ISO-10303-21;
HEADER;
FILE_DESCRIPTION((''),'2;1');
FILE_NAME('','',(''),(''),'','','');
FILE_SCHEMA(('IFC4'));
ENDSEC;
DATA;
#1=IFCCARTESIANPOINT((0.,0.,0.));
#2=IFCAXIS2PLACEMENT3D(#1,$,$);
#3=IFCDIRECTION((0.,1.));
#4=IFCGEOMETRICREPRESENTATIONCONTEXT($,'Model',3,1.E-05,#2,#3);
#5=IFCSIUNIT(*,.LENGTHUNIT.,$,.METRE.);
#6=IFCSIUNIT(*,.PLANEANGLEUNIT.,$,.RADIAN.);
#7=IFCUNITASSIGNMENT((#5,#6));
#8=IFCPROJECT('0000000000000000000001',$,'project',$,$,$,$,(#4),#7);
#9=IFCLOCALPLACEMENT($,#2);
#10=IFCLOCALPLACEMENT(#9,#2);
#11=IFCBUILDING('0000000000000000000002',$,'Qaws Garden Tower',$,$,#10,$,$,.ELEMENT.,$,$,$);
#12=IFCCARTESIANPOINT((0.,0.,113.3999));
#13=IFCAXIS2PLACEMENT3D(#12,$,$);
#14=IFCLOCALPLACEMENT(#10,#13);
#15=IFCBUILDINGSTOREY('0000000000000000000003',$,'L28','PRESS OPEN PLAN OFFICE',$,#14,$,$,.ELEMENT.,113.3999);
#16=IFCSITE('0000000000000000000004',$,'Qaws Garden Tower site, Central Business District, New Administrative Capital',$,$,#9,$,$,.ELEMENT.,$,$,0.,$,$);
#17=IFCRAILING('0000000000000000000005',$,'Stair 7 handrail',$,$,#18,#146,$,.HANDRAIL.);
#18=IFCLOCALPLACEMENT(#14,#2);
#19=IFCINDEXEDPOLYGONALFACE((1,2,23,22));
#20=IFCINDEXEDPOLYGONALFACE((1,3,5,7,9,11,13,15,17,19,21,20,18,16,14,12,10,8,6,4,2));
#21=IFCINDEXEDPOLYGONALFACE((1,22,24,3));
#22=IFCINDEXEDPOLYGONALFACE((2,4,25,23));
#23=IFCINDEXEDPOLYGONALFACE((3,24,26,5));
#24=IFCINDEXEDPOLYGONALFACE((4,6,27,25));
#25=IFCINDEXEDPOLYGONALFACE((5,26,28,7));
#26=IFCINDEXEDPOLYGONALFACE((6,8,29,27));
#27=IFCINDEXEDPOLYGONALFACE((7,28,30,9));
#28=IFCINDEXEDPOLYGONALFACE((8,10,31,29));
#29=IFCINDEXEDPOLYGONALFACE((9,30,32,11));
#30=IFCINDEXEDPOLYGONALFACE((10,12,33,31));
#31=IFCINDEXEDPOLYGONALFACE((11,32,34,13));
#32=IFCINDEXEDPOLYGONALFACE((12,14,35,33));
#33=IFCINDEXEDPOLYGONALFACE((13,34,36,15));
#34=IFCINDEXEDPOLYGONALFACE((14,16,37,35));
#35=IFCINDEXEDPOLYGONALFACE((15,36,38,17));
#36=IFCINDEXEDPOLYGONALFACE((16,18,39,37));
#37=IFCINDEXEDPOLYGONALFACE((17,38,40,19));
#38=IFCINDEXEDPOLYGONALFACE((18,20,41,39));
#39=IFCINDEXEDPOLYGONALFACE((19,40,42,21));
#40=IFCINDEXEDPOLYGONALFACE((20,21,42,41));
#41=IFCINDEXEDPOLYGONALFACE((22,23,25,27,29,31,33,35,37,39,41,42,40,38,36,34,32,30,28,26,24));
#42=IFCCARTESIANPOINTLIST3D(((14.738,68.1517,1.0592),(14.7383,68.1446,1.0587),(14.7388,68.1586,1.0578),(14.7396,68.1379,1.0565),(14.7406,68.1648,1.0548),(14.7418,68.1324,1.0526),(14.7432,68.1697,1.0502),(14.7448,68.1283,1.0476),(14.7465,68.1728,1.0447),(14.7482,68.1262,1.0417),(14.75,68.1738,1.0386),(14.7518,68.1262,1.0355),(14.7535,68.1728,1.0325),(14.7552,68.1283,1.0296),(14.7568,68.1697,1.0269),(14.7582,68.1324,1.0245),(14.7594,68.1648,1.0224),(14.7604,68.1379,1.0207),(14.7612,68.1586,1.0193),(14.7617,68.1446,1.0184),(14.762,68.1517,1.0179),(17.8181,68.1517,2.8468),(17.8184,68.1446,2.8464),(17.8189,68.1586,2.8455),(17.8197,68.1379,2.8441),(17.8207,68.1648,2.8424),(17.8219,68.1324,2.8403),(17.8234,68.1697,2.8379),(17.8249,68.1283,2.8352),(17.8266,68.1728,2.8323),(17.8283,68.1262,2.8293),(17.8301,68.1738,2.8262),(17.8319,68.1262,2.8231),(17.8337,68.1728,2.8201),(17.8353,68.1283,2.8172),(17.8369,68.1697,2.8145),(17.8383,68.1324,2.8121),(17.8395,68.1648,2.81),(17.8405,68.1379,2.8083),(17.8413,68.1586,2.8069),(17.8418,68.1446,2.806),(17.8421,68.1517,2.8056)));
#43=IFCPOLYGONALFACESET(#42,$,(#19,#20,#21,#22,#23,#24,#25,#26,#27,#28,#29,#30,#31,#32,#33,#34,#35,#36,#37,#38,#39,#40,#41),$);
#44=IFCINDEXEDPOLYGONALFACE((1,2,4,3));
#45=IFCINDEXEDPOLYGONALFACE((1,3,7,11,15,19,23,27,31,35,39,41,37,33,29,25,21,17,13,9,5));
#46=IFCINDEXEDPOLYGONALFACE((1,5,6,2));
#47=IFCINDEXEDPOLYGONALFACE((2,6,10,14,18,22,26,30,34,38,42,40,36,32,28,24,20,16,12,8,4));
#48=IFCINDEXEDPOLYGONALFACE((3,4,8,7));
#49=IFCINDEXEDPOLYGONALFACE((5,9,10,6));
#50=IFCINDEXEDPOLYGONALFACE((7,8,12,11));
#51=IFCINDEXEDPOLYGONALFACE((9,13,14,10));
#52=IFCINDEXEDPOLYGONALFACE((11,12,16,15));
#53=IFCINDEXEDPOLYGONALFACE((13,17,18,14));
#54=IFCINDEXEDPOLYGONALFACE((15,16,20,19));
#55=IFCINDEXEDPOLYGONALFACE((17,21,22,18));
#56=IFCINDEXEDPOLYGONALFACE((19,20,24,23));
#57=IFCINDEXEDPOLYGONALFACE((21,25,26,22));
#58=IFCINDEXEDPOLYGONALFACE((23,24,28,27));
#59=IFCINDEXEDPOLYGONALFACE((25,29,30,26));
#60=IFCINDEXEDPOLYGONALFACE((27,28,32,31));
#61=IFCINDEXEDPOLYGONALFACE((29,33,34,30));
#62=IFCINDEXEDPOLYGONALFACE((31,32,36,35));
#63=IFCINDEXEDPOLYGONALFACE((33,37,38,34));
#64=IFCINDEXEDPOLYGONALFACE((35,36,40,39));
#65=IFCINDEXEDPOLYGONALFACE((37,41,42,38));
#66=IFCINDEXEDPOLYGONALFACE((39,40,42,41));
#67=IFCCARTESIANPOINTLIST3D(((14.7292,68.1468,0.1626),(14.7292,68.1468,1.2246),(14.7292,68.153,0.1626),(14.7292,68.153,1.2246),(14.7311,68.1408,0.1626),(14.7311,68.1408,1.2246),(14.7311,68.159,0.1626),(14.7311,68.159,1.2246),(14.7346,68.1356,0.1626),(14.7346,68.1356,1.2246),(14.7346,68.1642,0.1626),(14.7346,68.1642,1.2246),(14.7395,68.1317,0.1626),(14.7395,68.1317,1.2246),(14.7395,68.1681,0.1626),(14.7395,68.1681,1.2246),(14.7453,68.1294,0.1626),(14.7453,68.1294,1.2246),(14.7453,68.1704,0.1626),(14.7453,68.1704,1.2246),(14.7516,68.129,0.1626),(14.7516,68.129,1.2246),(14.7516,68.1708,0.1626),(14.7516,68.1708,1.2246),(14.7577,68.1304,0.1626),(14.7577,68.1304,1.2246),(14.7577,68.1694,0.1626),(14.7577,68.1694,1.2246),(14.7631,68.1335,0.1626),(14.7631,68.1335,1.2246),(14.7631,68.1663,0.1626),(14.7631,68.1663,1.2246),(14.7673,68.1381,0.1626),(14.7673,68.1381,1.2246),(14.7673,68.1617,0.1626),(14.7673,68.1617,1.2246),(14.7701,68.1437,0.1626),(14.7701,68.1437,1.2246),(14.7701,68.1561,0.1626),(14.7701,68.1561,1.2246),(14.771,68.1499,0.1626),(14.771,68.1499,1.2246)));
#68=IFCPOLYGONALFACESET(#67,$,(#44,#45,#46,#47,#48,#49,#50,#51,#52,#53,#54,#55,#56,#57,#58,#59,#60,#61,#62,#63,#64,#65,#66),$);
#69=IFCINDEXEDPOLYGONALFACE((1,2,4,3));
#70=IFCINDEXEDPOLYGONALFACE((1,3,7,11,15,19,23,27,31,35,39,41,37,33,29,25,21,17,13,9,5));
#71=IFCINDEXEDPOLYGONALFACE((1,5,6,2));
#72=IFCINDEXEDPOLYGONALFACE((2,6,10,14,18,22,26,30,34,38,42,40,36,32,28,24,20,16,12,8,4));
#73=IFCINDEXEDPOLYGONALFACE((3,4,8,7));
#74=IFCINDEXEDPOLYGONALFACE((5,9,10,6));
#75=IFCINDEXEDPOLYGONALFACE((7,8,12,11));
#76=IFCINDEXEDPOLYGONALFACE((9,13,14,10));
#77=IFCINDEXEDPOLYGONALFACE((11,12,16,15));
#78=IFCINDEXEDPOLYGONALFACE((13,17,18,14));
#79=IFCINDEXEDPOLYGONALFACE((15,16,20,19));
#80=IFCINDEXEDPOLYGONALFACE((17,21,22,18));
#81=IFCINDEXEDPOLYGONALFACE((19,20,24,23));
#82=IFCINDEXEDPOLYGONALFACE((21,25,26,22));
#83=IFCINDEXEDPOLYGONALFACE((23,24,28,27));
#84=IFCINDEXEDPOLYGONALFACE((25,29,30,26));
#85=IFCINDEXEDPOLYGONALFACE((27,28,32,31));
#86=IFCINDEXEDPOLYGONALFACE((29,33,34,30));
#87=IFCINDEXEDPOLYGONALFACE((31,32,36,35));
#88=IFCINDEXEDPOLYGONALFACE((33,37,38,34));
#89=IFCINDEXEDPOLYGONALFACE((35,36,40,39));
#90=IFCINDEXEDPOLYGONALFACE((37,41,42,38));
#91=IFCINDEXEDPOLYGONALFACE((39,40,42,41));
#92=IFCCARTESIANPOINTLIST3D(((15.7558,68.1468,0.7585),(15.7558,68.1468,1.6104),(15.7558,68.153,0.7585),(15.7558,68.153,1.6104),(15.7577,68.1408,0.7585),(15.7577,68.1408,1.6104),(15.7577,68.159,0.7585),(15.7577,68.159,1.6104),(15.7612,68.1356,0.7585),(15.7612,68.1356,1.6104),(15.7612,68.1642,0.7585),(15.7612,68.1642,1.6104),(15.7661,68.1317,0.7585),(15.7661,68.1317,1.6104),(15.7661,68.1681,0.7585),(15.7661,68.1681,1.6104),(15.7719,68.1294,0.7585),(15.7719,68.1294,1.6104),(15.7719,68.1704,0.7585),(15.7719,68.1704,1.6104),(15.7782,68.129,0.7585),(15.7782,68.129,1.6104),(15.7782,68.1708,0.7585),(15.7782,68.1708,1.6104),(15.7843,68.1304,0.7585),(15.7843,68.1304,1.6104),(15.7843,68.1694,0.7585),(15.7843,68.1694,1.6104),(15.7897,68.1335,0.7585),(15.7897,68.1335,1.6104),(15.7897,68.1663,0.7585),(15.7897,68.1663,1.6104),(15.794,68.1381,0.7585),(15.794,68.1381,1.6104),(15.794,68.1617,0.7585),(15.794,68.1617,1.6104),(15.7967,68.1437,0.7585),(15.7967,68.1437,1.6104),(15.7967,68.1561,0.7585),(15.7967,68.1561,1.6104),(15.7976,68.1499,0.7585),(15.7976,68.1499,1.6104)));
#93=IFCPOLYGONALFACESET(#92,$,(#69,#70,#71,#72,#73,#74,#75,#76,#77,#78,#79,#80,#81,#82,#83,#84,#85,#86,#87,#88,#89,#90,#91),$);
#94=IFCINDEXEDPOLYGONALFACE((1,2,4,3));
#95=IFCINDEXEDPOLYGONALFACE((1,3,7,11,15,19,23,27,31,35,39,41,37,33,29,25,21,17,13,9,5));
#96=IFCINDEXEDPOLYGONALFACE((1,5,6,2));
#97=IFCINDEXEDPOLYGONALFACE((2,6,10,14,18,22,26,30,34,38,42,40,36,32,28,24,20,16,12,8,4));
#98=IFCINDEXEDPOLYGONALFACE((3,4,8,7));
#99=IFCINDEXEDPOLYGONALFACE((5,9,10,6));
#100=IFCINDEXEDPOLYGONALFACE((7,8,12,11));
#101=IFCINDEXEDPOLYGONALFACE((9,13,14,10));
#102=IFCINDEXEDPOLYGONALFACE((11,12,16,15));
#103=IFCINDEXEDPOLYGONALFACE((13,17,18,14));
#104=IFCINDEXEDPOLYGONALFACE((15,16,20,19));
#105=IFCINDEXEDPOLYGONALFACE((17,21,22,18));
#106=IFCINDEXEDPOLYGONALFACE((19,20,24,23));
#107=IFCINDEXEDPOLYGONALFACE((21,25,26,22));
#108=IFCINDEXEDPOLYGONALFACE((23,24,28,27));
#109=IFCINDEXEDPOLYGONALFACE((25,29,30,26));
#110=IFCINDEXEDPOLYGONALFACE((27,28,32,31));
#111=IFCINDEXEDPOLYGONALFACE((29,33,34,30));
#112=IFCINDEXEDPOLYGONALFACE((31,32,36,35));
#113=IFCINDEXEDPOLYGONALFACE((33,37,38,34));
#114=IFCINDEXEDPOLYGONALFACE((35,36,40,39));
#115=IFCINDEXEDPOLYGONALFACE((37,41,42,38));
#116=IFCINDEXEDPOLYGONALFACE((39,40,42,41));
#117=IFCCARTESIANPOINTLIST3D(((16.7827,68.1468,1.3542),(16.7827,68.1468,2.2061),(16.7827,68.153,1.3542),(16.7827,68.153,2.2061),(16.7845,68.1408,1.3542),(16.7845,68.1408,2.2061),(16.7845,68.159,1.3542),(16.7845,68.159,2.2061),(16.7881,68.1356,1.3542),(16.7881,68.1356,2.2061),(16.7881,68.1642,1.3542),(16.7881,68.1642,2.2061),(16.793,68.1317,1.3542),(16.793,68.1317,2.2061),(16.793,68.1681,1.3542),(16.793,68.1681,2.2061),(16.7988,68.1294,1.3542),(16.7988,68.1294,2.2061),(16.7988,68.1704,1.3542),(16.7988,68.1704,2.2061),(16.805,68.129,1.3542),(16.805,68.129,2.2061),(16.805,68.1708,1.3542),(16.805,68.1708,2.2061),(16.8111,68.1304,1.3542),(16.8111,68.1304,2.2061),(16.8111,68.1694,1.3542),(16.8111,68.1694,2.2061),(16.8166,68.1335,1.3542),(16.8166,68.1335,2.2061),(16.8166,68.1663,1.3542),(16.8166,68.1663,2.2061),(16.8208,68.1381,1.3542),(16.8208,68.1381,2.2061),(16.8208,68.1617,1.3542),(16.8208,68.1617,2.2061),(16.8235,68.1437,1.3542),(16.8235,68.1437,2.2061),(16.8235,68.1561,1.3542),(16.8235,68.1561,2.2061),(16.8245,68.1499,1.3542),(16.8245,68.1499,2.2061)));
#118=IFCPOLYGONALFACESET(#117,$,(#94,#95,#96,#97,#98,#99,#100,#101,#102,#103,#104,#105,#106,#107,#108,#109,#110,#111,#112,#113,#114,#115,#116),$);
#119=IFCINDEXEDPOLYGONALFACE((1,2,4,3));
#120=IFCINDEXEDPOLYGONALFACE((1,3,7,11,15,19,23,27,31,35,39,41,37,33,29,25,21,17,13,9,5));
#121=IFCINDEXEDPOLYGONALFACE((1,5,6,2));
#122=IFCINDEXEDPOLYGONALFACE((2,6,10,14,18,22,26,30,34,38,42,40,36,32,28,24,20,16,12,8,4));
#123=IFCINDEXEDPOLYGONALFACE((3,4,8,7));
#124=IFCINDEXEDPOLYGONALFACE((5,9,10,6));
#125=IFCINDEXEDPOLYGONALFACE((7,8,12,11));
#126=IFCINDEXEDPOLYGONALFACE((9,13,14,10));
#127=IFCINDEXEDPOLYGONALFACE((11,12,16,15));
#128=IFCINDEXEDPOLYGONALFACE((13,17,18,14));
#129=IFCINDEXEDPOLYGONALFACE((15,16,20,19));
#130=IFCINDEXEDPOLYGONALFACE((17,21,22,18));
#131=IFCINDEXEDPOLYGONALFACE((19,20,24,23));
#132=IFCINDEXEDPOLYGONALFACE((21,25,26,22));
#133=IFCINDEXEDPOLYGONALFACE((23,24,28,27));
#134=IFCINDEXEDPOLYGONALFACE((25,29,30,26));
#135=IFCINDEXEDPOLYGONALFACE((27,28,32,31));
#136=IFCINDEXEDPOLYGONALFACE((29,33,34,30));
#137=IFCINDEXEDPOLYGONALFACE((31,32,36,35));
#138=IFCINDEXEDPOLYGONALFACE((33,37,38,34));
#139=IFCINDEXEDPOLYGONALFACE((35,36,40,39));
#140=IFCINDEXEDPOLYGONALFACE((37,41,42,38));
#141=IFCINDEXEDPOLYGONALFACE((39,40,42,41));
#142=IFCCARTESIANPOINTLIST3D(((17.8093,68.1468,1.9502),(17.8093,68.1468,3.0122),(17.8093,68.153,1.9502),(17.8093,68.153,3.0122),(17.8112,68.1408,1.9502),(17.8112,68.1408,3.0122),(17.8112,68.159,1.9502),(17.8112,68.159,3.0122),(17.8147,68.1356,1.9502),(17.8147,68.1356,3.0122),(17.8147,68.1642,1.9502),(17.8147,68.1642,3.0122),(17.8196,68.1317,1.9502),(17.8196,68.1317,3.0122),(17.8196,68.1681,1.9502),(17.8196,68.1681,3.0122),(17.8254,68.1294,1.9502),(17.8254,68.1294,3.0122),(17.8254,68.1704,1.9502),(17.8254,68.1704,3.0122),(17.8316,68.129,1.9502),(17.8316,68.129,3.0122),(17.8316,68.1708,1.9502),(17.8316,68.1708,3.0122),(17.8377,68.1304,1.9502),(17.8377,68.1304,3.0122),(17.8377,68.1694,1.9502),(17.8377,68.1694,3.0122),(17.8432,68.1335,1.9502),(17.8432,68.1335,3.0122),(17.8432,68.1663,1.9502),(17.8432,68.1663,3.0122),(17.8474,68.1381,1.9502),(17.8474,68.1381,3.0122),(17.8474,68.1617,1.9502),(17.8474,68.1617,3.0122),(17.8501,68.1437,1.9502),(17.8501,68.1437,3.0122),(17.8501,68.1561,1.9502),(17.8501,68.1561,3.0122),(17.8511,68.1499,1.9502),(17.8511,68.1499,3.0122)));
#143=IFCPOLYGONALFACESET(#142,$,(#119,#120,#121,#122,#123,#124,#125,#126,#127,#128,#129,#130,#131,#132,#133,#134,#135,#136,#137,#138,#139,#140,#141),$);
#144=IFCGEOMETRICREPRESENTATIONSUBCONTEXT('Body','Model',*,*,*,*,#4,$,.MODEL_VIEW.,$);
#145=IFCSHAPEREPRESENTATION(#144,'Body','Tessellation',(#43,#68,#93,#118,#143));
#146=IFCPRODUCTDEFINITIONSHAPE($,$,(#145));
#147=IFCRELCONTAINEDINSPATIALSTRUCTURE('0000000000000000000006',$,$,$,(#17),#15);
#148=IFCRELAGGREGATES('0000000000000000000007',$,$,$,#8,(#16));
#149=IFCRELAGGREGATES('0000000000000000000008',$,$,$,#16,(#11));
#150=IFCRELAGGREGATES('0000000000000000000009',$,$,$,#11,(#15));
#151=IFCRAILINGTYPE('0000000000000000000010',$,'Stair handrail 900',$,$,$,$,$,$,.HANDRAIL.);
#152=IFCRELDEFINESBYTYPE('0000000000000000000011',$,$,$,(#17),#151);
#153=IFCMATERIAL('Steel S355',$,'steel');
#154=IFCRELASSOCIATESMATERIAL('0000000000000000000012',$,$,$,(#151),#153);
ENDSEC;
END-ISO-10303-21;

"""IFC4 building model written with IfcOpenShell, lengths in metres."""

from ifc_helpers import new_model, si_unit, direction, frame, origin, origin_2d, place, context, subcontext, project, spatial, circle, extrude, material, type_object, element, save


model = new_model("IFC4")

# Units and contexts
model_context = context("Model", 3, precision=1e-05, world=origin(), true_north=direction((0.0, 1.0)))
body_context = subcontext(model_context, "Body", "Model", "MODEL_VIEW")
ifc_project = project(units=[si_unit("LENGTHUNIT", "METRE"), si_unit("PLANEANGLEUNIT", "RADIAN")], contexts=[model_context])

# Site, building, storey
site_placement = place(None, origin())
site = spatial("IfcSite", under=ifc_project, at=site_placement, Name="Qaws Garden Tower site, Central Business District, New Administrative Capital", CompositionType="ELEMENT", RefElevation=0.0)
building_placement = place(site_placement, origin())
building = spatial("IfcBuilding", under=site, at=building_placement, Name="Qaws Garden Tower", CompositionType="ELEMENT")
storey_placement = place(building_placement, frame((0.0, 0.0, 113.3999)))
storey = spatial("IfcBuildingStorey", under=building, at=storey_placement, Name="L28", Description="PRESS OPEN PLAN OFFICE", CompositionType="ELEMENT", Elevation=113.3999)

# Railing
ifc_material_1 = material(Name="Steel S355", Category="steel")
railing_type = type_object("IfcRailingType", Name="Stair handrail 900", PredefinedType="HANDRAIL", material=ifc_material_1)
railing_1_placement = place(storey_placement, frame((14.75, 68.1499, 0.1626)))
element("IfcRailing", 1, at=railing_1_placement, inside=storey, type_object=railing_type, Name="Stair 7 handrail", PredefinedType="HANDRAIL", context=body_context, shape_type="SweptSolid", body=[
    extrude(circle(Radius=0.0239, at=origin_2d()), frame((0.0, 0.0, 0.876), z_axis=(0.864891, 0.0, 0.50196), x_axis=(0.0, 1.0, 0.0)), (0.0, 0.0, 1.0), 3.5613),
    extrude(circle(Radius=0.021, at=origin_2d()), origin(), (0.0, 0.0, 1.0), 1.062),
    extrude(circle(Radius=0.021, at=origin_2d()), frame((1.0266, 0.0, 0.5959)), (0.0, 0.0, 1.0), 0.8518),
    extrude(circle(Radius=0.021, at=origin_2d()), frame((2.0535, 0.0, 1.1917)), (0.0, 0.0, 1.0), 0.8518),
    extrude(circle(Radius=0.021, at=origin_2d()), frame((3.0801, 0.0, 1.7876)), (0.0, 0.0, 1.0), 1.062),
])

save(model, "model.ifc")
